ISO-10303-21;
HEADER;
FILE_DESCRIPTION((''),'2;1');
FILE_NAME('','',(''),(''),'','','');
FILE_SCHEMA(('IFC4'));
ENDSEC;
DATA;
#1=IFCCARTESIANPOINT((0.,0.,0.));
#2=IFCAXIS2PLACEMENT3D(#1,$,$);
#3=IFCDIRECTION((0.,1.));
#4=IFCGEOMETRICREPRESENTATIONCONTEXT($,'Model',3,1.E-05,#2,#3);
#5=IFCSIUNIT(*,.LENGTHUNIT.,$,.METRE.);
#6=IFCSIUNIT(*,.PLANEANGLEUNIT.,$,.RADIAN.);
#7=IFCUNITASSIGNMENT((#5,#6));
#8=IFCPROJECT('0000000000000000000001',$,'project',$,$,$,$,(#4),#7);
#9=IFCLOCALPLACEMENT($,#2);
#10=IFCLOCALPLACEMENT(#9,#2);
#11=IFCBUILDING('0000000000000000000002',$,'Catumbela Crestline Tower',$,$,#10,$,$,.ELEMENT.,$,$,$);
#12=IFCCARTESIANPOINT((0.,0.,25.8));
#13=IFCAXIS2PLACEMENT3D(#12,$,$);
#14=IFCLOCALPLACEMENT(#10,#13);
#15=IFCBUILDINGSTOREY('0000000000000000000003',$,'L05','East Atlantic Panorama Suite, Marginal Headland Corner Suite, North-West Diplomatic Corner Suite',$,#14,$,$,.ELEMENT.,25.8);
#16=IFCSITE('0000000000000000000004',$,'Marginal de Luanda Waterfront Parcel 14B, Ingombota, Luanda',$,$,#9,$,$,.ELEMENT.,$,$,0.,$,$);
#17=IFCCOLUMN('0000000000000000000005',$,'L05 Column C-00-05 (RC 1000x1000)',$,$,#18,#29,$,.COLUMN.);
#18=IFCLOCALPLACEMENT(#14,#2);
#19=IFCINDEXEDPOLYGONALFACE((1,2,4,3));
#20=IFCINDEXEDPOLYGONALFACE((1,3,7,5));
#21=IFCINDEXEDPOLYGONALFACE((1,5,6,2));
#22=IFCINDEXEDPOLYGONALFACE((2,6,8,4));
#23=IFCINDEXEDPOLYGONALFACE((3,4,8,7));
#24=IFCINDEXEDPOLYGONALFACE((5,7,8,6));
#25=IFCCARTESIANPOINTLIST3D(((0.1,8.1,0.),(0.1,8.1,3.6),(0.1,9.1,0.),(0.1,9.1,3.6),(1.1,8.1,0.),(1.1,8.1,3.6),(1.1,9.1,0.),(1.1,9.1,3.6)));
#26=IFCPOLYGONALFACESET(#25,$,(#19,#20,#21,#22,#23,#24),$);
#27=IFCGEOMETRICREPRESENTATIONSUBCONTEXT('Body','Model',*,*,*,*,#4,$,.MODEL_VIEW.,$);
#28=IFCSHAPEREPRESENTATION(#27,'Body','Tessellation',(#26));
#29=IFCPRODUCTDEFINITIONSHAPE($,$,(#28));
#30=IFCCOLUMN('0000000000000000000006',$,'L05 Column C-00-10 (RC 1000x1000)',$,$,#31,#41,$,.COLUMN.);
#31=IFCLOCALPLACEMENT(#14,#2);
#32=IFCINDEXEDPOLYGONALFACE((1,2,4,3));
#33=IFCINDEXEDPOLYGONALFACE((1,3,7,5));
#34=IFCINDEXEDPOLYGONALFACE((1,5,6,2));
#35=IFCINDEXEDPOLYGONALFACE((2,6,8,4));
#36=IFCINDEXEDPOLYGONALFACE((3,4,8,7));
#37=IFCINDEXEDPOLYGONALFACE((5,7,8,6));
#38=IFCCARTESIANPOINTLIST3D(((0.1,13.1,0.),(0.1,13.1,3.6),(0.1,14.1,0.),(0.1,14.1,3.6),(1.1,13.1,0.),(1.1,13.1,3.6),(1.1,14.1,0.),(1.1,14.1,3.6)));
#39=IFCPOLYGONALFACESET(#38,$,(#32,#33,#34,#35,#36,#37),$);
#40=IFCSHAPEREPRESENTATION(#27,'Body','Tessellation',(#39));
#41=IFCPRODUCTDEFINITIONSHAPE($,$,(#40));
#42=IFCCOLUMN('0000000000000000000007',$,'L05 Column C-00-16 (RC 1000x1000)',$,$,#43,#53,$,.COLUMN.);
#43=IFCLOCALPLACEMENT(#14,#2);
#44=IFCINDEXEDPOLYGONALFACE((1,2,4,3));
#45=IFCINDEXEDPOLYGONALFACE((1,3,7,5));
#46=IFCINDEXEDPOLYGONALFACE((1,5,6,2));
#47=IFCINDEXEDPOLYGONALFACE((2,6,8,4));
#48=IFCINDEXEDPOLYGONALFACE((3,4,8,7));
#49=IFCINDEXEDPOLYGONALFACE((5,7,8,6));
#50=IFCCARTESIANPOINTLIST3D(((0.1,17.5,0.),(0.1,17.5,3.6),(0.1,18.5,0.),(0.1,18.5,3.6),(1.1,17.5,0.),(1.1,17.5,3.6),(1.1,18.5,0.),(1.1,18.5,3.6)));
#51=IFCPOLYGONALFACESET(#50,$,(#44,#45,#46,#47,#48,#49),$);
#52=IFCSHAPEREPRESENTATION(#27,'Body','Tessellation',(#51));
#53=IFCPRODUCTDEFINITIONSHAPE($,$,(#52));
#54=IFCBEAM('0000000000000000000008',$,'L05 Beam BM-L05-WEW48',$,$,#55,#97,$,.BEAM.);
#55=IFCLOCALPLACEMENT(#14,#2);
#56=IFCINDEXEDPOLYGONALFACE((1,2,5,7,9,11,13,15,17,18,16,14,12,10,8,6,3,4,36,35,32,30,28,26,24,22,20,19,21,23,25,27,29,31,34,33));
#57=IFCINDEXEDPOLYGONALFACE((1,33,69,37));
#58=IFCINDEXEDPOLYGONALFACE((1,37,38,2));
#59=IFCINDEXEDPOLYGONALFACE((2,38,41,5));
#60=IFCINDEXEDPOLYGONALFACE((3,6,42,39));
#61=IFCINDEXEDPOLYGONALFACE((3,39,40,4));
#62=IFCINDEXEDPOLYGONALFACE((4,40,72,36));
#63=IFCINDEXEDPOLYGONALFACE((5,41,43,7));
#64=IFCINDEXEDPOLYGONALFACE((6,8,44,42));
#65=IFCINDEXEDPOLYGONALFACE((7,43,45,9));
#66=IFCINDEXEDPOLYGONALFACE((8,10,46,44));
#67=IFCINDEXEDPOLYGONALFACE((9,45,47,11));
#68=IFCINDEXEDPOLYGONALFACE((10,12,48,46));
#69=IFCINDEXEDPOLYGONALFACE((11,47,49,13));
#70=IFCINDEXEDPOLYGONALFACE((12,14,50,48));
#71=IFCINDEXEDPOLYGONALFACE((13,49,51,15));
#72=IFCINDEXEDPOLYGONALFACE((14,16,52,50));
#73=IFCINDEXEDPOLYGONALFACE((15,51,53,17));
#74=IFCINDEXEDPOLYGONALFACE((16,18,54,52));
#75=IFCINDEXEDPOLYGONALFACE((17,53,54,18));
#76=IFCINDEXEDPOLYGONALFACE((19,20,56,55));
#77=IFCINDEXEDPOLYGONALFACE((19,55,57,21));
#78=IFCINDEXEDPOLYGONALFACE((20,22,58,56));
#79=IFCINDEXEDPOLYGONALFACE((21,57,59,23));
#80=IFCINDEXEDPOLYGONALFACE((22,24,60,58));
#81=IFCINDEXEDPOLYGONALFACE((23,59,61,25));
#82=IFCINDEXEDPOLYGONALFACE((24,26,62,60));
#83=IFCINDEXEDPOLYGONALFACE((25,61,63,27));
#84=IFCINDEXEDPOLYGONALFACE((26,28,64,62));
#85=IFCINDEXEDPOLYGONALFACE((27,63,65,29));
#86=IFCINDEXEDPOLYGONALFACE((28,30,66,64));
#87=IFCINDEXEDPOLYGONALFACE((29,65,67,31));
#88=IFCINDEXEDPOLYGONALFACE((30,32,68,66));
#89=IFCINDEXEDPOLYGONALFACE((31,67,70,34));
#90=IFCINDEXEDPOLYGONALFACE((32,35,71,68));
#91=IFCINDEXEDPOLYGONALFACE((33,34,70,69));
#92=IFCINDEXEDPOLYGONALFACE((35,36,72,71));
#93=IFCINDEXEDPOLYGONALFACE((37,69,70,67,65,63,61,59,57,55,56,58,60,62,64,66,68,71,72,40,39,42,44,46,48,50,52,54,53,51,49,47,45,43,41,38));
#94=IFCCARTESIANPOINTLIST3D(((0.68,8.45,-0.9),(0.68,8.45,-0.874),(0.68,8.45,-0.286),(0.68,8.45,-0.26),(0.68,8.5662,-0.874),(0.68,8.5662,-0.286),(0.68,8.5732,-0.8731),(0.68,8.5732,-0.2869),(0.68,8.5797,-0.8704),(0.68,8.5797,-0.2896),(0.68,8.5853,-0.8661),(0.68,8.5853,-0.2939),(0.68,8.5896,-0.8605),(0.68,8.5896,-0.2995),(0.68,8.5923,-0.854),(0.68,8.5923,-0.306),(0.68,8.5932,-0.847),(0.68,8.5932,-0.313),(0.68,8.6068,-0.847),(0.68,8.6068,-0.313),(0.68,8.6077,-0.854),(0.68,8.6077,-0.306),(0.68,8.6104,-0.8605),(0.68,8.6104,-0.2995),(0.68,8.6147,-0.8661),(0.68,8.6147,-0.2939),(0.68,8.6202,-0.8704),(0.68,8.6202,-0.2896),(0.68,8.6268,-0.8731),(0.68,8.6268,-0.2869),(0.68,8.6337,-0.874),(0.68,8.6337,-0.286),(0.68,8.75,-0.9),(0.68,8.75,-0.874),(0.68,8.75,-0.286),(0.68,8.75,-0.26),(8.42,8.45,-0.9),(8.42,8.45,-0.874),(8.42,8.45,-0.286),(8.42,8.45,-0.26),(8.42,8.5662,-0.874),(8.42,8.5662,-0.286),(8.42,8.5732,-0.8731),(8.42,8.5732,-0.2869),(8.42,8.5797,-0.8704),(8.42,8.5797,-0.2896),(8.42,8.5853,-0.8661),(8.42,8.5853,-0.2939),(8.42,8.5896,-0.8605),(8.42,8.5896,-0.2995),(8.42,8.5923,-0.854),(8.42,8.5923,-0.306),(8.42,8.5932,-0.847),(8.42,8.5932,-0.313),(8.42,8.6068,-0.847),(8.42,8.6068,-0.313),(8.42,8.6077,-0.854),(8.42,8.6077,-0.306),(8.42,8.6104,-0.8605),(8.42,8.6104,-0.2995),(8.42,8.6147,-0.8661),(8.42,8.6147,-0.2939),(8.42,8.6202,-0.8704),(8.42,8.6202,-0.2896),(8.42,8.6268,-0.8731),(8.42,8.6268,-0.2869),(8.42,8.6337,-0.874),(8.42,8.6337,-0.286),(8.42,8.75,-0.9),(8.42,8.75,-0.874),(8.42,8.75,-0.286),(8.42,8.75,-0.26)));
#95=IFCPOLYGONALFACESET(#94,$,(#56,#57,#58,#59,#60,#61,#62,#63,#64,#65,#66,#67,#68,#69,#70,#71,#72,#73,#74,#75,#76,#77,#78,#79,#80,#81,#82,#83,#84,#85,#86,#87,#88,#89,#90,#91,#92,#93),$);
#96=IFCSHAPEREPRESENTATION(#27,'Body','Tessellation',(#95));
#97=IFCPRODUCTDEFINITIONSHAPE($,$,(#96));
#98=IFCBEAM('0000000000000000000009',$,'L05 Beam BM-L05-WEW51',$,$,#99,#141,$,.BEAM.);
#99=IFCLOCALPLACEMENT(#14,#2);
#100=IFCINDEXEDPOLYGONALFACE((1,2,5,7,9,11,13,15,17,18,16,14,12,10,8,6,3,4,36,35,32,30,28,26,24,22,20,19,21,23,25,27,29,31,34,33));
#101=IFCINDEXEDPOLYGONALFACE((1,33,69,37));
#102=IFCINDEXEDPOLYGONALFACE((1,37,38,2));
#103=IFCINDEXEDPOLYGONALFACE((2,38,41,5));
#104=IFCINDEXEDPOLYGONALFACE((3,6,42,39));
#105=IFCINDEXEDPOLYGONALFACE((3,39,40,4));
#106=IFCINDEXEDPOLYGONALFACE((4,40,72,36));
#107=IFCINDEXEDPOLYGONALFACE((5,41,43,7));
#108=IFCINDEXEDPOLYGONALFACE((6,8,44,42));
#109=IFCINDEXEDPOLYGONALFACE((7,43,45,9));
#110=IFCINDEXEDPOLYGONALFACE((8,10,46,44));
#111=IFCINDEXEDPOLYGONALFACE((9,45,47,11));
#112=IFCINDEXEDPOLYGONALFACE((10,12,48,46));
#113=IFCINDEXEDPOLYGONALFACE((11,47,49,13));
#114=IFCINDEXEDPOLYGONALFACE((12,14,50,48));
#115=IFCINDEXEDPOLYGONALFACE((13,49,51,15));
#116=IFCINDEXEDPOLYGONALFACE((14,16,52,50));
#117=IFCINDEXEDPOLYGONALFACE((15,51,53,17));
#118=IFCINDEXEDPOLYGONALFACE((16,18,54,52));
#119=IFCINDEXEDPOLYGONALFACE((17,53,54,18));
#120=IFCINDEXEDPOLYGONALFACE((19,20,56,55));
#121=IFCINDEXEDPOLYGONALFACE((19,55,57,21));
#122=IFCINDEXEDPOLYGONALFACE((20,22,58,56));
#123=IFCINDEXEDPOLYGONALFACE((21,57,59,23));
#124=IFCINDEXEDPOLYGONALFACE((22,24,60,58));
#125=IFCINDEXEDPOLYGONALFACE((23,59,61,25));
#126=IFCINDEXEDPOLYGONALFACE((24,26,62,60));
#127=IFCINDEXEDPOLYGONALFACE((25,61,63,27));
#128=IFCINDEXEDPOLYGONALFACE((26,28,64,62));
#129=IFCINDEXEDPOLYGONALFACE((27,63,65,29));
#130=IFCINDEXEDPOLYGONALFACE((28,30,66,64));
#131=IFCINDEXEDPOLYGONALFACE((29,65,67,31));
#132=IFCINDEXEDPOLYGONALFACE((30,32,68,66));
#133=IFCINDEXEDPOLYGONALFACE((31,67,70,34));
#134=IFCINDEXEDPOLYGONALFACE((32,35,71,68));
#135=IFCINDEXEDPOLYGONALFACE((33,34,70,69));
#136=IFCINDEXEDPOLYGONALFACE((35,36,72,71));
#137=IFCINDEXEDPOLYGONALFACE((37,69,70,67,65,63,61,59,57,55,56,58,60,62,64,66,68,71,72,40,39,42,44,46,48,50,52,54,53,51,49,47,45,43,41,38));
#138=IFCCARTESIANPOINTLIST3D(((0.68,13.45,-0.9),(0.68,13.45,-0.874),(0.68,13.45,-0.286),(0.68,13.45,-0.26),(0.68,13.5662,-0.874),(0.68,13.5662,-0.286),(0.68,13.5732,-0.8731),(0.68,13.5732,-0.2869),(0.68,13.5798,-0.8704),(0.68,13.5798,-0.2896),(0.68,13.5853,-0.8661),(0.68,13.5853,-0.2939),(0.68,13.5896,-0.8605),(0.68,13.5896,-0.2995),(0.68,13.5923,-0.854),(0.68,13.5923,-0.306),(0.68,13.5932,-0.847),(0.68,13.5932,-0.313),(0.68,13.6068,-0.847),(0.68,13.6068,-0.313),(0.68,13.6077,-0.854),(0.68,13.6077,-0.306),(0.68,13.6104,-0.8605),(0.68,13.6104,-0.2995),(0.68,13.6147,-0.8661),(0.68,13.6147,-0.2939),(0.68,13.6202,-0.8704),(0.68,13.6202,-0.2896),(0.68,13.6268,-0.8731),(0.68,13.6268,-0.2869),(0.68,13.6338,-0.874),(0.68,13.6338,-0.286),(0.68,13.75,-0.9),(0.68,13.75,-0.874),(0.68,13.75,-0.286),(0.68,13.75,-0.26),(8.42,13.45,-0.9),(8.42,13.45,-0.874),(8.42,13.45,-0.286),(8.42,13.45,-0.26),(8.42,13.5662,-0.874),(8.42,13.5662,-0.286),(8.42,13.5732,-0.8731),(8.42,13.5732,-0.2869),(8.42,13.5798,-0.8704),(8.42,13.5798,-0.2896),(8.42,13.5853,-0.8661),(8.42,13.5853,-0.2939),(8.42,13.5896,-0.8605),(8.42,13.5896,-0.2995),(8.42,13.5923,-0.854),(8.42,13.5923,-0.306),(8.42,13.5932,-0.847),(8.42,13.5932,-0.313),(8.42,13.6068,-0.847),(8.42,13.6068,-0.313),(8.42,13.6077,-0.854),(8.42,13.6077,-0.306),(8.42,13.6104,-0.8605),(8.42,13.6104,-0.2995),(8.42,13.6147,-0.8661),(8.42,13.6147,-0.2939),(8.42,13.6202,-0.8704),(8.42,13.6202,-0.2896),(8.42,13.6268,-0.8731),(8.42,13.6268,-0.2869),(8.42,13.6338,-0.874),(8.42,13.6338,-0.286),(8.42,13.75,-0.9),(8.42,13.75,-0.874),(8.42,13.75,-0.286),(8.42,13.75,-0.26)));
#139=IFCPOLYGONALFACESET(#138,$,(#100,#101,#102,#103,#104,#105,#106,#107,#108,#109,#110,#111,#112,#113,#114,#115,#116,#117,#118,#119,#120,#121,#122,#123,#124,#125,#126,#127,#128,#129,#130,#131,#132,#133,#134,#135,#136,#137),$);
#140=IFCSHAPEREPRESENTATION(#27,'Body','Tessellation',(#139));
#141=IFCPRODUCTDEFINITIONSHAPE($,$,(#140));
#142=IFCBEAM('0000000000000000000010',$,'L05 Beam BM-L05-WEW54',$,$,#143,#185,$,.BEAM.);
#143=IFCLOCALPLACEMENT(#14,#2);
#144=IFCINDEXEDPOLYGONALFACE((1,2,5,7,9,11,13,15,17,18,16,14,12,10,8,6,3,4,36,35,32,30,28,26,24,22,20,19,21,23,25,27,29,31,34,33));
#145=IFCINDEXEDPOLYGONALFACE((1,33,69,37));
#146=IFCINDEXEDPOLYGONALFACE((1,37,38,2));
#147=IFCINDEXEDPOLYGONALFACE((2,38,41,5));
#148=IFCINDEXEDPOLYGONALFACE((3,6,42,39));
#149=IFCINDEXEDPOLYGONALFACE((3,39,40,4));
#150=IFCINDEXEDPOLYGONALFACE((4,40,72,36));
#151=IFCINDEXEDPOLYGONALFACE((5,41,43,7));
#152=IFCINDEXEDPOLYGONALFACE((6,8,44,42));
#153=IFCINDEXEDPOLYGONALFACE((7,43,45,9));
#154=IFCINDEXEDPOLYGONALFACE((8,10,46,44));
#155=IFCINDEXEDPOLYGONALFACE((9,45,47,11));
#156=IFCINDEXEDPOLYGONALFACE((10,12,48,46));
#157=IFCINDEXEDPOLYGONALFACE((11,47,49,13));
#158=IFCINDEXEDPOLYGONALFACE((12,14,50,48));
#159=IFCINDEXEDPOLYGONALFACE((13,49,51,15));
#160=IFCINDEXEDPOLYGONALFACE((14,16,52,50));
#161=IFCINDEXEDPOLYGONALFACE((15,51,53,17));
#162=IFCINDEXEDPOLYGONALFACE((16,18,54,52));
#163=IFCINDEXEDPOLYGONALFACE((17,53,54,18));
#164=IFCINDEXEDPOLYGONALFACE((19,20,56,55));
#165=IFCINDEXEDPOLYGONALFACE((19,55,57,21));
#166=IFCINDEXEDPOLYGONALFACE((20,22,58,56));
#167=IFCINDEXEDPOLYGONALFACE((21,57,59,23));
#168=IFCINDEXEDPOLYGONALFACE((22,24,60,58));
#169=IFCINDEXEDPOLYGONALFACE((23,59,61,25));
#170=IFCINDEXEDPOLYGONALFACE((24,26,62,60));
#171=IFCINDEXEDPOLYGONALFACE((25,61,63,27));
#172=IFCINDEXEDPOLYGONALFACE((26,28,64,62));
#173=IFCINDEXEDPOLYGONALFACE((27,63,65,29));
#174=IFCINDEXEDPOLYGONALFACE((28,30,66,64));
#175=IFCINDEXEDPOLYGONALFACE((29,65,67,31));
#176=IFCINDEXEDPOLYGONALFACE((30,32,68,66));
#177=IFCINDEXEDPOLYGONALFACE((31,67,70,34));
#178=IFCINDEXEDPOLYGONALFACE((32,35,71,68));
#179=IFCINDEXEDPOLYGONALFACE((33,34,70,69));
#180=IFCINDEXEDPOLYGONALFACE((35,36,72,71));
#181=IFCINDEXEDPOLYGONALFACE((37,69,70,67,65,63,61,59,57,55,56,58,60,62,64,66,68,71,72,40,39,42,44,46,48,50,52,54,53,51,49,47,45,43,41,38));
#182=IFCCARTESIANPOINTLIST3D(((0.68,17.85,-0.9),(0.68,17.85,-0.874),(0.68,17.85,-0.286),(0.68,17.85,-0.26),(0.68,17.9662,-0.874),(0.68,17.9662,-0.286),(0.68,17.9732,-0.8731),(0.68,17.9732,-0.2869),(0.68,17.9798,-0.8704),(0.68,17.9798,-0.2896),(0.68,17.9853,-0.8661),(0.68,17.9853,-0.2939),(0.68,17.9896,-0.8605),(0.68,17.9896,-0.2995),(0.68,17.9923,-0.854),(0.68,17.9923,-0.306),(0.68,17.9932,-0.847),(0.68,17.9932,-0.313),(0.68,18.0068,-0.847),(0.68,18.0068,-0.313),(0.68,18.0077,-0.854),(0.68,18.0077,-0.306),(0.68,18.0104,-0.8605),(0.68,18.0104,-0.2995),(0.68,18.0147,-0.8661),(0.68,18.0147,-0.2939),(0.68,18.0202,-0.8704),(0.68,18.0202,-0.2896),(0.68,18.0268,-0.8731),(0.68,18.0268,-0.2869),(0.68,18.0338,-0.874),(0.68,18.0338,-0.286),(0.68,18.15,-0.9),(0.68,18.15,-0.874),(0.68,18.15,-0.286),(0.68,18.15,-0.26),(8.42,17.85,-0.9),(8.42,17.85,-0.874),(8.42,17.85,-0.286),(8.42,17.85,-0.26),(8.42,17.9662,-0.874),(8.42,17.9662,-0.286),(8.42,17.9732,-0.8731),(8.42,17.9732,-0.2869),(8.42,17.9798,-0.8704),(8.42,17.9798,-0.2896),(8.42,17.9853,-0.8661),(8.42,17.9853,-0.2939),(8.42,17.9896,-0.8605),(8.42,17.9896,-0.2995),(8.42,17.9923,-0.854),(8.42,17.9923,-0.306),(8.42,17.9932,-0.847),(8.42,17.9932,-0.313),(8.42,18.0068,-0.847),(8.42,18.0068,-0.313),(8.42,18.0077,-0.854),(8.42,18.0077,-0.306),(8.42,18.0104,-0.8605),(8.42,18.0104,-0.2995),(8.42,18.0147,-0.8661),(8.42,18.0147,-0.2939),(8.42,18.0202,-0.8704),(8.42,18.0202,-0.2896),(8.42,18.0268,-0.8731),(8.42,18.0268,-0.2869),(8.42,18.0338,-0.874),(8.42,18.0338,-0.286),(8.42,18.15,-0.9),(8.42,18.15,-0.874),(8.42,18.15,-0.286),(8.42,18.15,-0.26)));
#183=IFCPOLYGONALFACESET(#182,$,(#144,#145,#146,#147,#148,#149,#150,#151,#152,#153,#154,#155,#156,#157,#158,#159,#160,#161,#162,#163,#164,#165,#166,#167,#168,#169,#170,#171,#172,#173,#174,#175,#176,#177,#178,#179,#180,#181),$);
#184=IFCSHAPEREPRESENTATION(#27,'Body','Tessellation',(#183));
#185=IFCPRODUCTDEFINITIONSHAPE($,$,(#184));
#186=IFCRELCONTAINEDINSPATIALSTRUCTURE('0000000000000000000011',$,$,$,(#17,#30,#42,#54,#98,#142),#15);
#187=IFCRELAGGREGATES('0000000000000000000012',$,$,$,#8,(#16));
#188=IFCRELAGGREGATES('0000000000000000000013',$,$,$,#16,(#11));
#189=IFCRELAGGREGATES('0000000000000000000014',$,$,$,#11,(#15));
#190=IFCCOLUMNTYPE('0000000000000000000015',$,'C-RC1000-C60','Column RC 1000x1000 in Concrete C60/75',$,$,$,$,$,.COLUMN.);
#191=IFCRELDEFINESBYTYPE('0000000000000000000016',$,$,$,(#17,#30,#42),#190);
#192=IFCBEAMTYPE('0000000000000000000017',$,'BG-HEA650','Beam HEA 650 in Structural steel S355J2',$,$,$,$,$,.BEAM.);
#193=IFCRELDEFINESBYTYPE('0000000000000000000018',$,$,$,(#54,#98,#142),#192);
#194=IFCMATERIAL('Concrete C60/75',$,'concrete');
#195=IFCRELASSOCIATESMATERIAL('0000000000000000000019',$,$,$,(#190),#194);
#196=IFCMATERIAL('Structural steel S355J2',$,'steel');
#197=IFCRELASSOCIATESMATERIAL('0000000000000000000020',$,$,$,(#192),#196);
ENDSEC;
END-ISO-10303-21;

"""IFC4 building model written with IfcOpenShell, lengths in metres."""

from ifc_helpers import new_model, si_unit, direction, frame, origin, origin_2d, place, context, subcontext, project, spatial, rectangle, i_section, extrude, material, material_profile, profile_set, type_object, element, save


model = new_model("IFC4")

# Units and contexts
model_context = context("Model", 3, precision=1e-05, world=origin(), true_north=direction((0.0, 1.0)))
body_context = subcontext(model_context, "Body", "Model", "MODEL_VIEW")
ifc_project = project(units=[si_unit("LENGTHUNIT", "METRE"), si_unit("PLANEANGLEUNIT", "RADIAN")], contexts=[model_context])

# Site, building, storey
site_placement = place(None, origin())
site = spatial("IfcSite", under=ifc_project, at=site_placement, Name="Marginal de Luanda Waterfront Parcel 14B, Ingombota, Luanda", CompositionType="ELEMENT", RefElevation=0.0)
building_placement = place(site_placement, origin())
building = spatial("IfcBuilding", under=site, at=building_placement, Name="Catumbela Crestline Tower", CompositionType="ELEMENT")
storey_placement = place(building_placement, frame((0.0, 0.0, 25.8)))
storey = spatial("IfcBuildingStorey", under=building, at=storey_placement, Name="L05", Description="East Atlantic Panorama Suite, Marginal Headland Corner Suite, North-West Diplomatic Corner Suite", CompositionType="ELEMENT", Elevation=25.8)

# Columns
ifc_material_1 = material(Name="Concrete C60/75", Category="concrete")
ifc_material_profile_1 = material_profile(ifc_material_1, rectangle(XDim=1.0, YDim=1.0, at=origin_2d()), Name="RC 1000x1000")
ifc_profile_set_1 = profile_set([ifc_material_profile_1], Name="Concrete C60/75")
column_type = type_object("IfcColumnType", Name="C-RC1000-C60", Description="Column RC 1000x1000 in Concrete C60/75", PredefinedType="COLUMN", material=ifc_profile_set_1)
for number, where, z_axis, x_axis, name in (
    (1, (0.6, 8.6, 0.0), (0.0, 0.0, 1.0), (1.0, 0.0, 0.0), "L05 Column C-00-05 (RC 1000x1000)"),
    (2, (0.6, 13.6, 0.0), (0.0, 0.0, 1.0), (1.0, 0.0, 0.0), "L05 Column C-00-10 (RC 1000x1000)"),
    (3, (0.6, 18.0, 0.0), (0.0, 0.0, 1.0), (1.0, 0.0, 0.0), "L05 Column C-00-16 (RC 1000x1000)"),
):
    element("IfcColumn", number, at=place(storey_placement, frame(where, z_axis=z_axis, x_axis=x_axis)), inside=storey, type_object=column_type, Name=name, PredefinedType="COLUMN", context=body_context, shape_type="SweptSolid", body=[
        extrude(rectangle(XDim=1.0, YDim=1.0, at=origin_2d()), origin(), (0.0, 0.0, 1.0), 3.6),
    ])

# Beams
ifc_material_2 = material(Name="Structural steel S355J2", Category="steel")
ifc_material_profile_2 = material_profile(ifc_material_2, i_section(OverallWidth=0.3, OverallDepth=0.64, WebThickness=0.0135, FlangeThickness=0.026, FilletRadius=0.027, at=origin_2d()), Name="HEA 650")
ifc_profile_set_2 = profile_set([ifc_material_profile_2], Name="Structural steel S355J2")
beam_type_1 = type_object("IfcBeamType", Name="BG-HEA650", Description="Beam HEA 650 in Structural steel S355J2", PredefinedType="BEAM", material=ifc_profile_set_2)
for number, where, z_axis, x_axis, name in (
    (4, (0.68, 8.6, -0.58), (1.0, 0.0, 0.0), (0.0, 1.0, 0.0), "L05 Beam BM-L05-WEW48"),
    (5, (0.68, 13.6, -0.58), (1.0, 0.0, 0.0), (0.0, 1.0, 0.0), "L05 Beam BM-L05-WEW51"),
    (6, (0.68, 18.0, -0.58), (1.0, 0.0, 0.0), (0.0, 1.0, 0.0), "L05 Beam BM-L05-WEW54"),
):
    element("IfcBeam", number, at=place(storey_placement, frame(where, z_axis=z_axis, x_axis=x_axis)), inside=storey, type_object=beam_type_1, Name=name, PredefinedType="BEAM", context=body_context, shape_type="SweptSolid", body=[
        extrude(i_section(OverallWidth=0.3, OverallDepth=0.64, WebThickness=0.0135, FlangeThickness=0.026, FilletRadius=0.027, at=origin_2d()), origin(), (0.0, 0.0, 1.0), 7.74),
    ])

save(model, "model.ifc")
